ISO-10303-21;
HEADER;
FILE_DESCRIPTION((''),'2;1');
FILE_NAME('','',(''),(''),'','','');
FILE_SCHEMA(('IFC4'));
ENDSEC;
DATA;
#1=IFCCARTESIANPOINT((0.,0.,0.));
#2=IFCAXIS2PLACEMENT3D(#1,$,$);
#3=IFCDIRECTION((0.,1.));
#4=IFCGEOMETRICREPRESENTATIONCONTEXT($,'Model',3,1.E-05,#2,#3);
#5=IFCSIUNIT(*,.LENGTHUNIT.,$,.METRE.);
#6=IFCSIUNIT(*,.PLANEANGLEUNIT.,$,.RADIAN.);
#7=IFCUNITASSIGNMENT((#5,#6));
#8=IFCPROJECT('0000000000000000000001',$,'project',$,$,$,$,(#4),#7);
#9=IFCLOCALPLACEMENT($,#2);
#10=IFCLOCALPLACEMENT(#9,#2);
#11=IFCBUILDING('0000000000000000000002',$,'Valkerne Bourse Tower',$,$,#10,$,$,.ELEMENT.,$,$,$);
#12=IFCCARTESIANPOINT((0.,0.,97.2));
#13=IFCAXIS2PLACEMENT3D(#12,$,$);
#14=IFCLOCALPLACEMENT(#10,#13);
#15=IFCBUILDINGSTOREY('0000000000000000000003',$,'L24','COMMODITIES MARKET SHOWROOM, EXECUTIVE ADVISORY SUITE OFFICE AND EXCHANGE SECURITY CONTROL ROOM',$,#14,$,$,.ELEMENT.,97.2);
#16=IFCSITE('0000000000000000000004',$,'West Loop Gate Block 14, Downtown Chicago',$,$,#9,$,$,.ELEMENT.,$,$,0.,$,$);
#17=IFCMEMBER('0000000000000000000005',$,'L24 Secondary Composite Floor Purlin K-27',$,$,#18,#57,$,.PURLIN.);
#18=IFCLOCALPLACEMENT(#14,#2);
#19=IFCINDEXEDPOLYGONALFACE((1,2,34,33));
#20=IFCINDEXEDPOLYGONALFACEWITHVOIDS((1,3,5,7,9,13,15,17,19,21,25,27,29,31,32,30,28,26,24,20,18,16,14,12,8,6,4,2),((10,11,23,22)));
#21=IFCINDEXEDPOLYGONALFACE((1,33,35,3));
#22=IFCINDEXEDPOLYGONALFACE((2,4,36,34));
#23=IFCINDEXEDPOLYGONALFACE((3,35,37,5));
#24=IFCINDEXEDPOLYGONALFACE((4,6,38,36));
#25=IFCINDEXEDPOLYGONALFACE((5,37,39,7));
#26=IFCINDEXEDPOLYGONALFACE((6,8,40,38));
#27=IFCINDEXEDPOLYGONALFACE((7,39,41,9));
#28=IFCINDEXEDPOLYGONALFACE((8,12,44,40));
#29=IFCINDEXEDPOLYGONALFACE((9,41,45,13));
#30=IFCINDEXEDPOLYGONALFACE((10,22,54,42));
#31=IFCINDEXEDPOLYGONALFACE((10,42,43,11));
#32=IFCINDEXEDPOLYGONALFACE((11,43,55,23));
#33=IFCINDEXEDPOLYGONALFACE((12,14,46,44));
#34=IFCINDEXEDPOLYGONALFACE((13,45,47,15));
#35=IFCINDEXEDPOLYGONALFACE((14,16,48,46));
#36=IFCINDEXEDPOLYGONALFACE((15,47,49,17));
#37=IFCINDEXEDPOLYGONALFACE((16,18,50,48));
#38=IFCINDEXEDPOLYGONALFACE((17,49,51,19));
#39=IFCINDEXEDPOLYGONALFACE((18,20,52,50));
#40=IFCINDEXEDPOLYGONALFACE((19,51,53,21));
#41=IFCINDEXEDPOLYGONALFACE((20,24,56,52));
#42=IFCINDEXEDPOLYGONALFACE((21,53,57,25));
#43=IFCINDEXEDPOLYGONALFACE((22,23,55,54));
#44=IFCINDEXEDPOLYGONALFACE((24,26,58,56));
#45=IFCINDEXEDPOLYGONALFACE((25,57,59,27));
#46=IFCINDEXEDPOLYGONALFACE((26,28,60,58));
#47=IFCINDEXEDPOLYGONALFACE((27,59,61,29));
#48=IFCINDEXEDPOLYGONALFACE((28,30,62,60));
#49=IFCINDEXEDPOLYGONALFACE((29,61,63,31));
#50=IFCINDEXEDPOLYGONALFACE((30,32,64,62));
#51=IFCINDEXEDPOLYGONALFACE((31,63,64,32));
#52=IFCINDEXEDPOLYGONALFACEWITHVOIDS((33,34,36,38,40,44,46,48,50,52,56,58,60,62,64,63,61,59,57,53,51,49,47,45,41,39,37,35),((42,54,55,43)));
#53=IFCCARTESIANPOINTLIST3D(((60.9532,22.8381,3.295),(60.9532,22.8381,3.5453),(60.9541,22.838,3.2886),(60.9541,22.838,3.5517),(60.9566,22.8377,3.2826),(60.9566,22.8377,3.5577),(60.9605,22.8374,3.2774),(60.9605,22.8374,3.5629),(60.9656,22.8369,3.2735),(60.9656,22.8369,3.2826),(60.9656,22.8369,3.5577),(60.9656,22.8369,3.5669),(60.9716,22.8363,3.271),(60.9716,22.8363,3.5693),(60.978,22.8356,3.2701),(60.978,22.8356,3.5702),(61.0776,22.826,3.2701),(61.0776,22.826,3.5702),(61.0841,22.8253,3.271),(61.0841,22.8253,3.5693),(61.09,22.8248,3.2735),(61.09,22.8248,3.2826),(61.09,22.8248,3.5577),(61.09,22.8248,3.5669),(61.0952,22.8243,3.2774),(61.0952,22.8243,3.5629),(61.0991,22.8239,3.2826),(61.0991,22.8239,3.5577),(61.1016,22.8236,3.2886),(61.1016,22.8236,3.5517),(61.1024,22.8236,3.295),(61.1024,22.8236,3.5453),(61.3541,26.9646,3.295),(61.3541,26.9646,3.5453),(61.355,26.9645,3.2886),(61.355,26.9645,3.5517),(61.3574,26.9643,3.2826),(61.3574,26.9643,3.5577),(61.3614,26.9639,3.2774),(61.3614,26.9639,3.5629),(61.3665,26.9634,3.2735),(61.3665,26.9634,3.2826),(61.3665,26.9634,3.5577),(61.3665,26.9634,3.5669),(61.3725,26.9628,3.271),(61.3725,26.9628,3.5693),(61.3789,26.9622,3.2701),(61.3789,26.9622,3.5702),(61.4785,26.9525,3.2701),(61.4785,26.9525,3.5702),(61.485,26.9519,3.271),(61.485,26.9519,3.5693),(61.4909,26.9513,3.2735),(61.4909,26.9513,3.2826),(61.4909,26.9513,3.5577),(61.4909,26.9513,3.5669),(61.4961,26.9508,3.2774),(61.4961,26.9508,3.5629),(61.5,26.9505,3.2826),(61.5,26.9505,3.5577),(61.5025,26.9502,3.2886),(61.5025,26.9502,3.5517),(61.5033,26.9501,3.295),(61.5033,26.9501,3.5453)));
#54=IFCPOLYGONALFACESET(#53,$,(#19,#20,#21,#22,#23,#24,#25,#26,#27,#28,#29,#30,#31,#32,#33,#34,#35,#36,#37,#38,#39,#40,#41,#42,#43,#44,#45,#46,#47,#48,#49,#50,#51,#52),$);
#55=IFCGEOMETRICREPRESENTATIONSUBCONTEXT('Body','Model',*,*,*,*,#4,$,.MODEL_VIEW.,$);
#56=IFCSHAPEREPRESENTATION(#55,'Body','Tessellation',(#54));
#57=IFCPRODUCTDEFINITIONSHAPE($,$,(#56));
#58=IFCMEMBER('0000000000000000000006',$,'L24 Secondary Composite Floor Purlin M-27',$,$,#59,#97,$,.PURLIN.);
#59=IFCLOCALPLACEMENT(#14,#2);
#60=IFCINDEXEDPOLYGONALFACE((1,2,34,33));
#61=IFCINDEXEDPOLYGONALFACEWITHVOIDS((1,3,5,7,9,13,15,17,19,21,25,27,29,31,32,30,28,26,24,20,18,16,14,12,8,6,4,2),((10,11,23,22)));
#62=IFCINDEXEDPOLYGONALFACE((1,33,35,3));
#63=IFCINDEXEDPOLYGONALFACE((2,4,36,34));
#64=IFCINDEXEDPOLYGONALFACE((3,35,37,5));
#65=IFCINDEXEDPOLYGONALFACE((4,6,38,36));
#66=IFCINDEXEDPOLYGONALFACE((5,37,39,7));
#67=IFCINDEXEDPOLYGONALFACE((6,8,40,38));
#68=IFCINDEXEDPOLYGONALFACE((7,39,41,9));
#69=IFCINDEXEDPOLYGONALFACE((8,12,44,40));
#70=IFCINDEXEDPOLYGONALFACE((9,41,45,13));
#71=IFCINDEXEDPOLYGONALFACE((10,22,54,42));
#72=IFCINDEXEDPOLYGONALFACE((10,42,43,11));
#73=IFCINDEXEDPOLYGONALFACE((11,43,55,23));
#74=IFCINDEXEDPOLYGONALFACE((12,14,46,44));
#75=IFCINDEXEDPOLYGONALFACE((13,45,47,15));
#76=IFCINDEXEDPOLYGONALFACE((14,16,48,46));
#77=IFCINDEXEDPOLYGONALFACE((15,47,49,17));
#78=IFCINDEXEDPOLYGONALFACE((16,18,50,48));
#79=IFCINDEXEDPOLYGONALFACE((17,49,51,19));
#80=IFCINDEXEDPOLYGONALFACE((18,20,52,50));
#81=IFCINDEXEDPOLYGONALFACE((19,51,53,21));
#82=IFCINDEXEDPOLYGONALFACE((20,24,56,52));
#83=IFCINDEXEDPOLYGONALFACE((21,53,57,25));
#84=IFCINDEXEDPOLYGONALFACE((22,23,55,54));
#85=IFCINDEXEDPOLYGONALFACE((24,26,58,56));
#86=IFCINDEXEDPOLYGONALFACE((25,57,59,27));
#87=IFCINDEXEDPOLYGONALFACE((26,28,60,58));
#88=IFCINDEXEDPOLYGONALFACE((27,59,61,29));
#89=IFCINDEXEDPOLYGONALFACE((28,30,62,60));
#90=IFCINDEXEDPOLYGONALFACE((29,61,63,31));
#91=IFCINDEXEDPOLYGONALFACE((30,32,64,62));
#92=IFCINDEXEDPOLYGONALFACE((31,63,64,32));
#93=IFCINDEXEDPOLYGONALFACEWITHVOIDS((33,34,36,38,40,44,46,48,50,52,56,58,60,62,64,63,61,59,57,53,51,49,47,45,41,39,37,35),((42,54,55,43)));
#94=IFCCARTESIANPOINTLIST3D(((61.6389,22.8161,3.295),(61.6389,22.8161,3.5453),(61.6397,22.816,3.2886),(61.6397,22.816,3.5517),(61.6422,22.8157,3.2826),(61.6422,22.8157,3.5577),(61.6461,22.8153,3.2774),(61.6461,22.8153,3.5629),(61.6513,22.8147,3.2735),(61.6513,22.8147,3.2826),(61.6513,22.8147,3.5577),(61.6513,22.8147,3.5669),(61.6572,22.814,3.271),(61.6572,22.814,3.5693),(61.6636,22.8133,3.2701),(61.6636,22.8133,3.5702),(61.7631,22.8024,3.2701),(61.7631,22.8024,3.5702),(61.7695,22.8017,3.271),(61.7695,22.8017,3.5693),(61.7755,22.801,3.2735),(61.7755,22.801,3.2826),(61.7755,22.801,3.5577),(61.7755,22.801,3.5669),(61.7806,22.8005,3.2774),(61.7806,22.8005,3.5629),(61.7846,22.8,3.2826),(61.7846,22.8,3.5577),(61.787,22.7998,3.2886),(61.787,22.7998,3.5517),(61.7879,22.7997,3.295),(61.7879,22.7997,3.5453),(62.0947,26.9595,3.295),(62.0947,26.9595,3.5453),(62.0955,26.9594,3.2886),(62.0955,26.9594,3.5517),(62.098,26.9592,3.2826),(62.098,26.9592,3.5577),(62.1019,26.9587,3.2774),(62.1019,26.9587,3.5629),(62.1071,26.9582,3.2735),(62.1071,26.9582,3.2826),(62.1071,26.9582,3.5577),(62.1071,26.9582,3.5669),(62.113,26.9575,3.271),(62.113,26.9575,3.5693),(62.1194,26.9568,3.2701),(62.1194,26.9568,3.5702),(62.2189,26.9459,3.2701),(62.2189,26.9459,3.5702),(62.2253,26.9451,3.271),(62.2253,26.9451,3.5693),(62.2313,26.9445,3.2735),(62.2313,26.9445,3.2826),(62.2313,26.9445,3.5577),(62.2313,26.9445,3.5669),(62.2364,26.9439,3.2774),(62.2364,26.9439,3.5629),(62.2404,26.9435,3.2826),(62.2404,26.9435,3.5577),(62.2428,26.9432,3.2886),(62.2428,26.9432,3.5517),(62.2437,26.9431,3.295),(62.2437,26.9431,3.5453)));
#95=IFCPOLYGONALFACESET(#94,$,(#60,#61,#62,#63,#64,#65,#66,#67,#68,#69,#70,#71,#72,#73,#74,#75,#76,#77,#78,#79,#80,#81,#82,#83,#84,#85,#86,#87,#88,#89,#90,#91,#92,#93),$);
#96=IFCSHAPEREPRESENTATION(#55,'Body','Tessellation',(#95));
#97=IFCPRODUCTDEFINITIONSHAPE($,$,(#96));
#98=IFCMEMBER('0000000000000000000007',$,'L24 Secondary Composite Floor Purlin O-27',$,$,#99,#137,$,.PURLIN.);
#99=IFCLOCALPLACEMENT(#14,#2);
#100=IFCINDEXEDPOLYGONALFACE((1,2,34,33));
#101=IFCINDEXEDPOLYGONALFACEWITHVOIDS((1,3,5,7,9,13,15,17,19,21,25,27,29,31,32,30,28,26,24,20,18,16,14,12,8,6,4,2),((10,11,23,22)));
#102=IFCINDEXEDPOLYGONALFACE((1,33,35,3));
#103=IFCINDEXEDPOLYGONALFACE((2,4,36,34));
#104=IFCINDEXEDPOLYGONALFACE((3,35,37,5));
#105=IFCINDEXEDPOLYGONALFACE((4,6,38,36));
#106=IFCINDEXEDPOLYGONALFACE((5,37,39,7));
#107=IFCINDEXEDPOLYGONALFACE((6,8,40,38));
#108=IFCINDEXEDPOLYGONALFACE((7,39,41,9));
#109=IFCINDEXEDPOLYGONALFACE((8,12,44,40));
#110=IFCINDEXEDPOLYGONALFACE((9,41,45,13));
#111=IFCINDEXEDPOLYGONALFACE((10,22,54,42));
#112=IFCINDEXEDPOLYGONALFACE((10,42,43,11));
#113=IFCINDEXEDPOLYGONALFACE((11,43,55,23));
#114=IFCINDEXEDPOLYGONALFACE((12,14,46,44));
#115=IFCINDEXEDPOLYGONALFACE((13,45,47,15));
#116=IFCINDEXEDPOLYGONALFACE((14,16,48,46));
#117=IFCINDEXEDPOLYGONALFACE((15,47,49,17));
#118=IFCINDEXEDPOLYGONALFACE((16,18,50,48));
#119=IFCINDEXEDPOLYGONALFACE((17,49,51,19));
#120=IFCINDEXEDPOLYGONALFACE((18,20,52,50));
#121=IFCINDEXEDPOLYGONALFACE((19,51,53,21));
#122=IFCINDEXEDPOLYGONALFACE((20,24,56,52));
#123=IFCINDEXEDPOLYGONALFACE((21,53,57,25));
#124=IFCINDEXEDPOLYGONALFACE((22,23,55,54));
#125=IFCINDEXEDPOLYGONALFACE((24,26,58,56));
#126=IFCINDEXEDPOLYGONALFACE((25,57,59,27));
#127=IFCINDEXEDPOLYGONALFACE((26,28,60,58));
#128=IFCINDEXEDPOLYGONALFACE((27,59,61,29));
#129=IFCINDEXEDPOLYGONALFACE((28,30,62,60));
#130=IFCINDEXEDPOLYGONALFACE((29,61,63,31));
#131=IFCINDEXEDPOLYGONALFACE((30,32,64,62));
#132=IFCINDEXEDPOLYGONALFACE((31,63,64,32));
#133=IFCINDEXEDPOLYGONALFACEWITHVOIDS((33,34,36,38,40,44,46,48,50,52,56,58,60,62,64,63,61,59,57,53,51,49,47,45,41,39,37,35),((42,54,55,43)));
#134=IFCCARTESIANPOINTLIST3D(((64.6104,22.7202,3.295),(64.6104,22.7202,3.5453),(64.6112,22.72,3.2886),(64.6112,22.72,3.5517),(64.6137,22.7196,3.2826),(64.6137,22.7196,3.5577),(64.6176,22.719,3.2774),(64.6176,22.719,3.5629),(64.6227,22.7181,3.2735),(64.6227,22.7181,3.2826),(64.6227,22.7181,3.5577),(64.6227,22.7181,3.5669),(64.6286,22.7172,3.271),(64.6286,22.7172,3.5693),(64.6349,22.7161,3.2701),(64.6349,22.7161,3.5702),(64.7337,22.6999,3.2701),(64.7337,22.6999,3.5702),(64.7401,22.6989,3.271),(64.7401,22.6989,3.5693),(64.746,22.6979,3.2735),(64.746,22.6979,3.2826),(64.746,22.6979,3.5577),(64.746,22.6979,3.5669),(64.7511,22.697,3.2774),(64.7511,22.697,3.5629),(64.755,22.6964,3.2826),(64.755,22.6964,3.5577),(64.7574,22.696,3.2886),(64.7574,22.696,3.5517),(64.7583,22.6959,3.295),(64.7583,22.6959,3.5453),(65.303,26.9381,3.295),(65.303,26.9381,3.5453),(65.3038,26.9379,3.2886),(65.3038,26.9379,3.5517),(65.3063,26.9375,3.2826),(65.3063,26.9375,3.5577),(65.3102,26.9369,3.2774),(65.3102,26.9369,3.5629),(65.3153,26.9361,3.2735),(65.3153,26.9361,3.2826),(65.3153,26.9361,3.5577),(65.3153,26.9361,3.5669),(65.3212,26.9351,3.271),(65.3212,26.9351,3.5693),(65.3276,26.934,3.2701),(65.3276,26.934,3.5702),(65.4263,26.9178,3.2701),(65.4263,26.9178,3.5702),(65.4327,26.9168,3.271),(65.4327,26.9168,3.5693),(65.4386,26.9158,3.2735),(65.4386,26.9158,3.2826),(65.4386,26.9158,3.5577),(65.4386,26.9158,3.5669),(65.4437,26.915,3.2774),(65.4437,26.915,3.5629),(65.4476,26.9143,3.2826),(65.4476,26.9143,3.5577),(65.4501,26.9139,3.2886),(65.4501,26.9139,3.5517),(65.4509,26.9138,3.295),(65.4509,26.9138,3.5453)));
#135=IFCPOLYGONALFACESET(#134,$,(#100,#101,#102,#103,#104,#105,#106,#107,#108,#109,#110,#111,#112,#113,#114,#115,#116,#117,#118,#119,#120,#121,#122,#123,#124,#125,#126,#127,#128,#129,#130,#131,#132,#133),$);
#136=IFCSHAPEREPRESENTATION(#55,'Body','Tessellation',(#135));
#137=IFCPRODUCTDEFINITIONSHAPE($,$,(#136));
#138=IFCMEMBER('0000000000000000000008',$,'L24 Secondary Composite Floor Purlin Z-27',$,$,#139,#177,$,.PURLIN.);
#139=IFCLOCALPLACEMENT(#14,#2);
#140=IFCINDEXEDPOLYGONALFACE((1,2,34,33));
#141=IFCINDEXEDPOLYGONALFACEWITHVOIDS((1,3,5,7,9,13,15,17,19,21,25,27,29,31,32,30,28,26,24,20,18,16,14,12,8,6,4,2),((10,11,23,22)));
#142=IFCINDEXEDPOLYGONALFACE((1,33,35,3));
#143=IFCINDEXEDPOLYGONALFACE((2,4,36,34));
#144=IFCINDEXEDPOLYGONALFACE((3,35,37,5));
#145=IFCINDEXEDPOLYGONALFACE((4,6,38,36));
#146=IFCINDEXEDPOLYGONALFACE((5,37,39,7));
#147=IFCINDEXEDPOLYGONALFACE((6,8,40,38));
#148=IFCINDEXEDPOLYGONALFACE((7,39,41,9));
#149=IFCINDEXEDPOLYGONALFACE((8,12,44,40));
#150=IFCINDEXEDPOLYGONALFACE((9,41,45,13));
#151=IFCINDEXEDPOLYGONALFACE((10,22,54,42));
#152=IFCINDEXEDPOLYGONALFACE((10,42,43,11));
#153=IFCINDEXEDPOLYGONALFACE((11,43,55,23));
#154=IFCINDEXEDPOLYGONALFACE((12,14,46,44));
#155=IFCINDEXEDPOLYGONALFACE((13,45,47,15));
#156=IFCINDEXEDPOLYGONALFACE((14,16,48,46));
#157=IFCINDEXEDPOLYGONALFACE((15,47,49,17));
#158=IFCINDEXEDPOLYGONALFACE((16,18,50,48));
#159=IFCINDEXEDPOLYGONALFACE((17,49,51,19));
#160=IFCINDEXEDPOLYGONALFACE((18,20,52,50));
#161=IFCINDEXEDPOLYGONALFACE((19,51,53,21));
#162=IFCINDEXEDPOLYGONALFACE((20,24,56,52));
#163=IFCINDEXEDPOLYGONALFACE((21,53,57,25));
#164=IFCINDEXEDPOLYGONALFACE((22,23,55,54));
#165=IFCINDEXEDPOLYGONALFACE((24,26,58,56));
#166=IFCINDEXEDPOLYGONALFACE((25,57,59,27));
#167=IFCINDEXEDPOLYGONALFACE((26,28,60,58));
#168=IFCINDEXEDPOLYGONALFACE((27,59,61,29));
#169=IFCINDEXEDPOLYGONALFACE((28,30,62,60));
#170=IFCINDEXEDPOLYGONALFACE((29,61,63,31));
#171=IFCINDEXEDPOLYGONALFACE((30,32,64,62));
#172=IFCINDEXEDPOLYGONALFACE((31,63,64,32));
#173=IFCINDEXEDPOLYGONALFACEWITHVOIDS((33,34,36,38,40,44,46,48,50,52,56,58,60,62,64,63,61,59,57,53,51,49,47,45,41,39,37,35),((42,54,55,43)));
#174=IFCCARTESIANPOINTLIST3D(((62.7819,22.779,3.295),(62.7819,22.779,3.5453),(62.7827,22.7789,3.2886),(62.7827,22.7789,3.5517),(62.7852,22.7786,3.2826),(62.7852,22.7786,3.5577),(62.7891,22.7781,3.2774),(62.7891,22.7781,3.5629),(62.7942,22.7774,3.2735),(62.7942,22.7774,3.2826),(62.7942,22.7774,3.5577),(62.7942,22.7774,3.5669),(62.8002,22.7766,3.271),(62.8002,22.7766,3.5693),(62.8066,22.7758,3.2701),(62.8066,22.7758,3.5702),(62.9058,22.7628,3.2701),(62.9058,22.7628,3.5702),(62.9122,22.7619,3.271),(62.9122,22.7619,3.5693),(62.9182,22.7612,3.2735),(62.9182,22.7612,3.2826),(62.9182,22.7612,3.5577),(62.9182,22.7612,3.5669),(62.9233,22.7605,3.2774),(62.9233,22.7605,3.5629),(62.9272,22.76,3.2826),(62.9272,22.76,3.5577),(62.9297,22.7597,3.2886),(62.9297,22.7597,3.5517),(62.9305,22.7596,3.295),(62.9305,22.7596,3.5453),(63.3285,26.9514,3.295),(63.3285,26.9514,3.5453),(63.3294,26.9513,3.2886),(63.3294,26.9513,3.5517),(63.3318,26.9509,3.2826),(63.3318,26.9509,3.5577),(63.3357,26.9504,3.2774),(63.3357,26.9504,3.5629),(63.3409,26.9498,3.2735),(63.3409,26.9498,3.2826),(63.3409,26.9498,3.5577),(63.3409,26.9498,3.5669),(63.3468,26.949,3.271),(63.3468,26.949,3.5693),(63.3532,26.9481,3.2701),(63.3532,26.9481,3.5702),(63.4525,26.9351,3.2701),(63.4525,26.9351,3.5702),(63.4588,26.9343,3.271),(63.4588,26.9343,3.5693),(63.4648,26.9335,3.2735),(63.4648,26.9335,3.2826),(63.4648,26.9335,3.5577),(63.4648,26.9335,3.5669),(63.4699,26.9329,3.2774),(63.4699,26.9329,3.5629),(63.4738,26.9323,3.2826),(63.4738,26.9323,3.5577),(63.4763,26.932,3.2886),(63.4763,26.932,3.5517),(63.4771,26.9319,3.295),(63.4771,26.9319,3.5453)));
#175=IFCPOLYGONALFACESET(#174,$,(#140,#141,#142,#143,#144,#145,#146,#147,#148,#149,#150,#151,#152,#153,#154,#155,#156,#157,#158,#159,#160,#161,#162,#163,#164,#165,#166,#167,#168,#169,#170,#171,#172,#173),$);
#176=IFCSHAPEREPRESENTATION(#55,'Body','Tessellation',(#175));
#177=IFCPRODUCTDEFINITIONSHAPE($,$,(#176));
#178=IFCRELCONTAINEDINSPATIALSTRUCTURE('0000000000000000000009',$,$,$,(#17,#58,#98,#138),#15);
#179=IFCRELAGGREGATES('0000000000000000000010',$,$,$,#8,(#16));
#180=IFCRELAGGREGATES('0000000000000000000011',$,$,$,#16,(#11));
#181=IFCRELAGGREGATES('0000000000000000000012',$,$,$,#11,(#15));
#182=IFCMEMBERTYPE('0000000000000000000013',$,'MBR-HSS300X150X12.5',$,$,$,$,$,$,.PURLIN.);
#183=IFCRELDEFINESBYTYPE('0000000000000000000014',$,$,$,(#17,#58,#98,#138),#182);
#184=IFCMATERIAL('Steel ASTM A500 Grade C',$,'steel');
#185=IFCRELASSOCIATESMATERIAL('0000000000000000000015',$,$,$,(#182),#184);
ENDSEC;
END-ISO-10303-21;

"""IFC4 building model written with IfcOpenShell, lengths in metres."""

from ifc_helpers import new_model, si_unit, direction, frame, origin, origin_2d, place, context, subcontext, project, spatial, hollow_rectangle, extrude, material, material_profile, profile_set, type_object, element, save


model = new_model("IFC4")

# Units and contexts
model_context = context("Model", 3, precision=1e-05, world=origin(), true_north=direction((0.0, 1.0)))
body_context = subcontext(model_context, "Body", "Model", "MODEL_VIEW")
ifc_project = project(units=[si_unit("LENGTHUNIT", "METRE"), si_unit("PLANEANGLEUNIT", "RADIAN")], contexts=[model_context])

# Site, building, storey
site_placement = place(None, origin())
site = spatial("IfcSite", under=ifc_project, at=site_placement, Name="West Loop Gate Block 14, Downtown Chicago", CompositionType="ELEMENT", RefElevation=0.0)
building_placement = place(site_placement, origin())
building = spatial("IfcBuilding", under=site, at=building_placement, Name="Valkerne Bourse Tower", CompositionType="ELEMENT")
storey_placement = place(building_placement, frame((0.0, 0.0, 97.2)))
storey = spatial("IfcBuildingStorey", under=building, at=storey_placement, Name="L24", Description="COMMODITIES MARKET SHOWROOM, EXECUTIVE ADVISORY SUITE OFFICE AND EXCHANGE SECURITY CONTROL ROOM", CompositionType="ELEMENT", Elevation=97.2)

# Members
ifc_material_1 = material(Name="Steel ASTM A500 Grade C", Category="steel")
ifc_material_profile_1 = material_profile(ifc_material_1, hollow_rectangle(XDim=0.1499, YDim=0.3, WallThickness=0.0125, OuterFilletRadius=0.0249, at=origin_2d()), Name="HSS300X150X12.5")
ifc_profile_set_1 = profile_set([ifc_material_profile_1], Name="Steel ASTM A500 Grade C")
member_type_1 = type_object("IfcMemberType", Name="MBR-HSS300X150X12.5", PredefinedType="PURLIN", material=ifc_profile_set_1)
member_1_placement = place(storey_placement, frame((61.0278, 22.8308, 3.4202), z_axis=(0.096693, 0.995314, 0.0), x_axis=(-0.995314, 0.096693, 0.0)))
element("IfcMember", 1, at=member_1_placement, inside=storey, type_object=member_type_1, Name="L24 Secondary Composite Floor Purlin K-27", PredefinedType="PURLIN", context=body_context, shape_type="SweptSolid", body=[
    extrude(hollow_rectangle(XDim=0.1499, YDim=0.3, WallThickness=0.0125, OuterFilletRadius=0.0249, at=origin_2d()), origin(), (0.0, 0.0, 1.0), 4.146),
])
member_2_placement = place(storey_placement, frame((61.7134, 22.8079, 3.4202), z_axis=(0.109345, 0.994004, 0.0), x_axis=(-0.994004, 0.109345, 0.0)))
element("IfcMember", 2, at=member_2_placement, inside=storey, type_object=member_type_1, Name="L24 Secondary Composite Floor Purlin M-27", PredefinedType="PURLIN", context=body_context, shape_type="SweptSolid", body=[
    extrude(hollow_rectangle(XDim=0.1499, YDim=0.3, WallThickness=0.0125, OuterFilletRadius=0.0249, at=origin_2d()), origin(), (0.0, 0.0, 1.0), 4.1685),
])
member_3_placement = place(storey_placement, frame((64.6843, 22.708, 3.4202), z_axis=(0.162037, 0.986785, 0.0), x_axis=(-0.986785, 0.162037, 0.0)))
element("IfcMember", 3, at=member_3_placement, inside=storey, type_object=member_type_1, Name="L24 Secondary Composite Floor Purlin O-27", PredefinedType="PURLIN", context=body_context, shape_type="SweptSolid", body=[
    extrude(hollow_rectangle(XDim=0.1499, YDim=0.3, WallThickness=0.0125, OuterFilletRadius=0.0249, at=origin_2d()), origin(), (0.0, 0.0, 1.0), 4.2744),
])
member_4_placement = place(storey_placement, frame((62.8562, 22.7693, 3.4202), z_axis=(0.129902, 0.991527, 0.0), x_axis=(-0.991527, 0.129902, 0.0)))
element("IfcMember", 4, at=member_4_placement, inside=storey, type_object=member_type_1, Name="L24 Secondary Composite Floor Purlin Z-27", PredefinedType="PURLIN", context=body_context, shape_type="SweptSolid", body=[
    extrude(hollow_rectangle(XDim=0.1499, YDim=0.3, WallThickness=0.0125, OuterFilletRadius=0.0249, at=origin_2d()), origin(), (0.0, 0.0, 1.0), 4.208),
])

save(model, "model.ifc")
